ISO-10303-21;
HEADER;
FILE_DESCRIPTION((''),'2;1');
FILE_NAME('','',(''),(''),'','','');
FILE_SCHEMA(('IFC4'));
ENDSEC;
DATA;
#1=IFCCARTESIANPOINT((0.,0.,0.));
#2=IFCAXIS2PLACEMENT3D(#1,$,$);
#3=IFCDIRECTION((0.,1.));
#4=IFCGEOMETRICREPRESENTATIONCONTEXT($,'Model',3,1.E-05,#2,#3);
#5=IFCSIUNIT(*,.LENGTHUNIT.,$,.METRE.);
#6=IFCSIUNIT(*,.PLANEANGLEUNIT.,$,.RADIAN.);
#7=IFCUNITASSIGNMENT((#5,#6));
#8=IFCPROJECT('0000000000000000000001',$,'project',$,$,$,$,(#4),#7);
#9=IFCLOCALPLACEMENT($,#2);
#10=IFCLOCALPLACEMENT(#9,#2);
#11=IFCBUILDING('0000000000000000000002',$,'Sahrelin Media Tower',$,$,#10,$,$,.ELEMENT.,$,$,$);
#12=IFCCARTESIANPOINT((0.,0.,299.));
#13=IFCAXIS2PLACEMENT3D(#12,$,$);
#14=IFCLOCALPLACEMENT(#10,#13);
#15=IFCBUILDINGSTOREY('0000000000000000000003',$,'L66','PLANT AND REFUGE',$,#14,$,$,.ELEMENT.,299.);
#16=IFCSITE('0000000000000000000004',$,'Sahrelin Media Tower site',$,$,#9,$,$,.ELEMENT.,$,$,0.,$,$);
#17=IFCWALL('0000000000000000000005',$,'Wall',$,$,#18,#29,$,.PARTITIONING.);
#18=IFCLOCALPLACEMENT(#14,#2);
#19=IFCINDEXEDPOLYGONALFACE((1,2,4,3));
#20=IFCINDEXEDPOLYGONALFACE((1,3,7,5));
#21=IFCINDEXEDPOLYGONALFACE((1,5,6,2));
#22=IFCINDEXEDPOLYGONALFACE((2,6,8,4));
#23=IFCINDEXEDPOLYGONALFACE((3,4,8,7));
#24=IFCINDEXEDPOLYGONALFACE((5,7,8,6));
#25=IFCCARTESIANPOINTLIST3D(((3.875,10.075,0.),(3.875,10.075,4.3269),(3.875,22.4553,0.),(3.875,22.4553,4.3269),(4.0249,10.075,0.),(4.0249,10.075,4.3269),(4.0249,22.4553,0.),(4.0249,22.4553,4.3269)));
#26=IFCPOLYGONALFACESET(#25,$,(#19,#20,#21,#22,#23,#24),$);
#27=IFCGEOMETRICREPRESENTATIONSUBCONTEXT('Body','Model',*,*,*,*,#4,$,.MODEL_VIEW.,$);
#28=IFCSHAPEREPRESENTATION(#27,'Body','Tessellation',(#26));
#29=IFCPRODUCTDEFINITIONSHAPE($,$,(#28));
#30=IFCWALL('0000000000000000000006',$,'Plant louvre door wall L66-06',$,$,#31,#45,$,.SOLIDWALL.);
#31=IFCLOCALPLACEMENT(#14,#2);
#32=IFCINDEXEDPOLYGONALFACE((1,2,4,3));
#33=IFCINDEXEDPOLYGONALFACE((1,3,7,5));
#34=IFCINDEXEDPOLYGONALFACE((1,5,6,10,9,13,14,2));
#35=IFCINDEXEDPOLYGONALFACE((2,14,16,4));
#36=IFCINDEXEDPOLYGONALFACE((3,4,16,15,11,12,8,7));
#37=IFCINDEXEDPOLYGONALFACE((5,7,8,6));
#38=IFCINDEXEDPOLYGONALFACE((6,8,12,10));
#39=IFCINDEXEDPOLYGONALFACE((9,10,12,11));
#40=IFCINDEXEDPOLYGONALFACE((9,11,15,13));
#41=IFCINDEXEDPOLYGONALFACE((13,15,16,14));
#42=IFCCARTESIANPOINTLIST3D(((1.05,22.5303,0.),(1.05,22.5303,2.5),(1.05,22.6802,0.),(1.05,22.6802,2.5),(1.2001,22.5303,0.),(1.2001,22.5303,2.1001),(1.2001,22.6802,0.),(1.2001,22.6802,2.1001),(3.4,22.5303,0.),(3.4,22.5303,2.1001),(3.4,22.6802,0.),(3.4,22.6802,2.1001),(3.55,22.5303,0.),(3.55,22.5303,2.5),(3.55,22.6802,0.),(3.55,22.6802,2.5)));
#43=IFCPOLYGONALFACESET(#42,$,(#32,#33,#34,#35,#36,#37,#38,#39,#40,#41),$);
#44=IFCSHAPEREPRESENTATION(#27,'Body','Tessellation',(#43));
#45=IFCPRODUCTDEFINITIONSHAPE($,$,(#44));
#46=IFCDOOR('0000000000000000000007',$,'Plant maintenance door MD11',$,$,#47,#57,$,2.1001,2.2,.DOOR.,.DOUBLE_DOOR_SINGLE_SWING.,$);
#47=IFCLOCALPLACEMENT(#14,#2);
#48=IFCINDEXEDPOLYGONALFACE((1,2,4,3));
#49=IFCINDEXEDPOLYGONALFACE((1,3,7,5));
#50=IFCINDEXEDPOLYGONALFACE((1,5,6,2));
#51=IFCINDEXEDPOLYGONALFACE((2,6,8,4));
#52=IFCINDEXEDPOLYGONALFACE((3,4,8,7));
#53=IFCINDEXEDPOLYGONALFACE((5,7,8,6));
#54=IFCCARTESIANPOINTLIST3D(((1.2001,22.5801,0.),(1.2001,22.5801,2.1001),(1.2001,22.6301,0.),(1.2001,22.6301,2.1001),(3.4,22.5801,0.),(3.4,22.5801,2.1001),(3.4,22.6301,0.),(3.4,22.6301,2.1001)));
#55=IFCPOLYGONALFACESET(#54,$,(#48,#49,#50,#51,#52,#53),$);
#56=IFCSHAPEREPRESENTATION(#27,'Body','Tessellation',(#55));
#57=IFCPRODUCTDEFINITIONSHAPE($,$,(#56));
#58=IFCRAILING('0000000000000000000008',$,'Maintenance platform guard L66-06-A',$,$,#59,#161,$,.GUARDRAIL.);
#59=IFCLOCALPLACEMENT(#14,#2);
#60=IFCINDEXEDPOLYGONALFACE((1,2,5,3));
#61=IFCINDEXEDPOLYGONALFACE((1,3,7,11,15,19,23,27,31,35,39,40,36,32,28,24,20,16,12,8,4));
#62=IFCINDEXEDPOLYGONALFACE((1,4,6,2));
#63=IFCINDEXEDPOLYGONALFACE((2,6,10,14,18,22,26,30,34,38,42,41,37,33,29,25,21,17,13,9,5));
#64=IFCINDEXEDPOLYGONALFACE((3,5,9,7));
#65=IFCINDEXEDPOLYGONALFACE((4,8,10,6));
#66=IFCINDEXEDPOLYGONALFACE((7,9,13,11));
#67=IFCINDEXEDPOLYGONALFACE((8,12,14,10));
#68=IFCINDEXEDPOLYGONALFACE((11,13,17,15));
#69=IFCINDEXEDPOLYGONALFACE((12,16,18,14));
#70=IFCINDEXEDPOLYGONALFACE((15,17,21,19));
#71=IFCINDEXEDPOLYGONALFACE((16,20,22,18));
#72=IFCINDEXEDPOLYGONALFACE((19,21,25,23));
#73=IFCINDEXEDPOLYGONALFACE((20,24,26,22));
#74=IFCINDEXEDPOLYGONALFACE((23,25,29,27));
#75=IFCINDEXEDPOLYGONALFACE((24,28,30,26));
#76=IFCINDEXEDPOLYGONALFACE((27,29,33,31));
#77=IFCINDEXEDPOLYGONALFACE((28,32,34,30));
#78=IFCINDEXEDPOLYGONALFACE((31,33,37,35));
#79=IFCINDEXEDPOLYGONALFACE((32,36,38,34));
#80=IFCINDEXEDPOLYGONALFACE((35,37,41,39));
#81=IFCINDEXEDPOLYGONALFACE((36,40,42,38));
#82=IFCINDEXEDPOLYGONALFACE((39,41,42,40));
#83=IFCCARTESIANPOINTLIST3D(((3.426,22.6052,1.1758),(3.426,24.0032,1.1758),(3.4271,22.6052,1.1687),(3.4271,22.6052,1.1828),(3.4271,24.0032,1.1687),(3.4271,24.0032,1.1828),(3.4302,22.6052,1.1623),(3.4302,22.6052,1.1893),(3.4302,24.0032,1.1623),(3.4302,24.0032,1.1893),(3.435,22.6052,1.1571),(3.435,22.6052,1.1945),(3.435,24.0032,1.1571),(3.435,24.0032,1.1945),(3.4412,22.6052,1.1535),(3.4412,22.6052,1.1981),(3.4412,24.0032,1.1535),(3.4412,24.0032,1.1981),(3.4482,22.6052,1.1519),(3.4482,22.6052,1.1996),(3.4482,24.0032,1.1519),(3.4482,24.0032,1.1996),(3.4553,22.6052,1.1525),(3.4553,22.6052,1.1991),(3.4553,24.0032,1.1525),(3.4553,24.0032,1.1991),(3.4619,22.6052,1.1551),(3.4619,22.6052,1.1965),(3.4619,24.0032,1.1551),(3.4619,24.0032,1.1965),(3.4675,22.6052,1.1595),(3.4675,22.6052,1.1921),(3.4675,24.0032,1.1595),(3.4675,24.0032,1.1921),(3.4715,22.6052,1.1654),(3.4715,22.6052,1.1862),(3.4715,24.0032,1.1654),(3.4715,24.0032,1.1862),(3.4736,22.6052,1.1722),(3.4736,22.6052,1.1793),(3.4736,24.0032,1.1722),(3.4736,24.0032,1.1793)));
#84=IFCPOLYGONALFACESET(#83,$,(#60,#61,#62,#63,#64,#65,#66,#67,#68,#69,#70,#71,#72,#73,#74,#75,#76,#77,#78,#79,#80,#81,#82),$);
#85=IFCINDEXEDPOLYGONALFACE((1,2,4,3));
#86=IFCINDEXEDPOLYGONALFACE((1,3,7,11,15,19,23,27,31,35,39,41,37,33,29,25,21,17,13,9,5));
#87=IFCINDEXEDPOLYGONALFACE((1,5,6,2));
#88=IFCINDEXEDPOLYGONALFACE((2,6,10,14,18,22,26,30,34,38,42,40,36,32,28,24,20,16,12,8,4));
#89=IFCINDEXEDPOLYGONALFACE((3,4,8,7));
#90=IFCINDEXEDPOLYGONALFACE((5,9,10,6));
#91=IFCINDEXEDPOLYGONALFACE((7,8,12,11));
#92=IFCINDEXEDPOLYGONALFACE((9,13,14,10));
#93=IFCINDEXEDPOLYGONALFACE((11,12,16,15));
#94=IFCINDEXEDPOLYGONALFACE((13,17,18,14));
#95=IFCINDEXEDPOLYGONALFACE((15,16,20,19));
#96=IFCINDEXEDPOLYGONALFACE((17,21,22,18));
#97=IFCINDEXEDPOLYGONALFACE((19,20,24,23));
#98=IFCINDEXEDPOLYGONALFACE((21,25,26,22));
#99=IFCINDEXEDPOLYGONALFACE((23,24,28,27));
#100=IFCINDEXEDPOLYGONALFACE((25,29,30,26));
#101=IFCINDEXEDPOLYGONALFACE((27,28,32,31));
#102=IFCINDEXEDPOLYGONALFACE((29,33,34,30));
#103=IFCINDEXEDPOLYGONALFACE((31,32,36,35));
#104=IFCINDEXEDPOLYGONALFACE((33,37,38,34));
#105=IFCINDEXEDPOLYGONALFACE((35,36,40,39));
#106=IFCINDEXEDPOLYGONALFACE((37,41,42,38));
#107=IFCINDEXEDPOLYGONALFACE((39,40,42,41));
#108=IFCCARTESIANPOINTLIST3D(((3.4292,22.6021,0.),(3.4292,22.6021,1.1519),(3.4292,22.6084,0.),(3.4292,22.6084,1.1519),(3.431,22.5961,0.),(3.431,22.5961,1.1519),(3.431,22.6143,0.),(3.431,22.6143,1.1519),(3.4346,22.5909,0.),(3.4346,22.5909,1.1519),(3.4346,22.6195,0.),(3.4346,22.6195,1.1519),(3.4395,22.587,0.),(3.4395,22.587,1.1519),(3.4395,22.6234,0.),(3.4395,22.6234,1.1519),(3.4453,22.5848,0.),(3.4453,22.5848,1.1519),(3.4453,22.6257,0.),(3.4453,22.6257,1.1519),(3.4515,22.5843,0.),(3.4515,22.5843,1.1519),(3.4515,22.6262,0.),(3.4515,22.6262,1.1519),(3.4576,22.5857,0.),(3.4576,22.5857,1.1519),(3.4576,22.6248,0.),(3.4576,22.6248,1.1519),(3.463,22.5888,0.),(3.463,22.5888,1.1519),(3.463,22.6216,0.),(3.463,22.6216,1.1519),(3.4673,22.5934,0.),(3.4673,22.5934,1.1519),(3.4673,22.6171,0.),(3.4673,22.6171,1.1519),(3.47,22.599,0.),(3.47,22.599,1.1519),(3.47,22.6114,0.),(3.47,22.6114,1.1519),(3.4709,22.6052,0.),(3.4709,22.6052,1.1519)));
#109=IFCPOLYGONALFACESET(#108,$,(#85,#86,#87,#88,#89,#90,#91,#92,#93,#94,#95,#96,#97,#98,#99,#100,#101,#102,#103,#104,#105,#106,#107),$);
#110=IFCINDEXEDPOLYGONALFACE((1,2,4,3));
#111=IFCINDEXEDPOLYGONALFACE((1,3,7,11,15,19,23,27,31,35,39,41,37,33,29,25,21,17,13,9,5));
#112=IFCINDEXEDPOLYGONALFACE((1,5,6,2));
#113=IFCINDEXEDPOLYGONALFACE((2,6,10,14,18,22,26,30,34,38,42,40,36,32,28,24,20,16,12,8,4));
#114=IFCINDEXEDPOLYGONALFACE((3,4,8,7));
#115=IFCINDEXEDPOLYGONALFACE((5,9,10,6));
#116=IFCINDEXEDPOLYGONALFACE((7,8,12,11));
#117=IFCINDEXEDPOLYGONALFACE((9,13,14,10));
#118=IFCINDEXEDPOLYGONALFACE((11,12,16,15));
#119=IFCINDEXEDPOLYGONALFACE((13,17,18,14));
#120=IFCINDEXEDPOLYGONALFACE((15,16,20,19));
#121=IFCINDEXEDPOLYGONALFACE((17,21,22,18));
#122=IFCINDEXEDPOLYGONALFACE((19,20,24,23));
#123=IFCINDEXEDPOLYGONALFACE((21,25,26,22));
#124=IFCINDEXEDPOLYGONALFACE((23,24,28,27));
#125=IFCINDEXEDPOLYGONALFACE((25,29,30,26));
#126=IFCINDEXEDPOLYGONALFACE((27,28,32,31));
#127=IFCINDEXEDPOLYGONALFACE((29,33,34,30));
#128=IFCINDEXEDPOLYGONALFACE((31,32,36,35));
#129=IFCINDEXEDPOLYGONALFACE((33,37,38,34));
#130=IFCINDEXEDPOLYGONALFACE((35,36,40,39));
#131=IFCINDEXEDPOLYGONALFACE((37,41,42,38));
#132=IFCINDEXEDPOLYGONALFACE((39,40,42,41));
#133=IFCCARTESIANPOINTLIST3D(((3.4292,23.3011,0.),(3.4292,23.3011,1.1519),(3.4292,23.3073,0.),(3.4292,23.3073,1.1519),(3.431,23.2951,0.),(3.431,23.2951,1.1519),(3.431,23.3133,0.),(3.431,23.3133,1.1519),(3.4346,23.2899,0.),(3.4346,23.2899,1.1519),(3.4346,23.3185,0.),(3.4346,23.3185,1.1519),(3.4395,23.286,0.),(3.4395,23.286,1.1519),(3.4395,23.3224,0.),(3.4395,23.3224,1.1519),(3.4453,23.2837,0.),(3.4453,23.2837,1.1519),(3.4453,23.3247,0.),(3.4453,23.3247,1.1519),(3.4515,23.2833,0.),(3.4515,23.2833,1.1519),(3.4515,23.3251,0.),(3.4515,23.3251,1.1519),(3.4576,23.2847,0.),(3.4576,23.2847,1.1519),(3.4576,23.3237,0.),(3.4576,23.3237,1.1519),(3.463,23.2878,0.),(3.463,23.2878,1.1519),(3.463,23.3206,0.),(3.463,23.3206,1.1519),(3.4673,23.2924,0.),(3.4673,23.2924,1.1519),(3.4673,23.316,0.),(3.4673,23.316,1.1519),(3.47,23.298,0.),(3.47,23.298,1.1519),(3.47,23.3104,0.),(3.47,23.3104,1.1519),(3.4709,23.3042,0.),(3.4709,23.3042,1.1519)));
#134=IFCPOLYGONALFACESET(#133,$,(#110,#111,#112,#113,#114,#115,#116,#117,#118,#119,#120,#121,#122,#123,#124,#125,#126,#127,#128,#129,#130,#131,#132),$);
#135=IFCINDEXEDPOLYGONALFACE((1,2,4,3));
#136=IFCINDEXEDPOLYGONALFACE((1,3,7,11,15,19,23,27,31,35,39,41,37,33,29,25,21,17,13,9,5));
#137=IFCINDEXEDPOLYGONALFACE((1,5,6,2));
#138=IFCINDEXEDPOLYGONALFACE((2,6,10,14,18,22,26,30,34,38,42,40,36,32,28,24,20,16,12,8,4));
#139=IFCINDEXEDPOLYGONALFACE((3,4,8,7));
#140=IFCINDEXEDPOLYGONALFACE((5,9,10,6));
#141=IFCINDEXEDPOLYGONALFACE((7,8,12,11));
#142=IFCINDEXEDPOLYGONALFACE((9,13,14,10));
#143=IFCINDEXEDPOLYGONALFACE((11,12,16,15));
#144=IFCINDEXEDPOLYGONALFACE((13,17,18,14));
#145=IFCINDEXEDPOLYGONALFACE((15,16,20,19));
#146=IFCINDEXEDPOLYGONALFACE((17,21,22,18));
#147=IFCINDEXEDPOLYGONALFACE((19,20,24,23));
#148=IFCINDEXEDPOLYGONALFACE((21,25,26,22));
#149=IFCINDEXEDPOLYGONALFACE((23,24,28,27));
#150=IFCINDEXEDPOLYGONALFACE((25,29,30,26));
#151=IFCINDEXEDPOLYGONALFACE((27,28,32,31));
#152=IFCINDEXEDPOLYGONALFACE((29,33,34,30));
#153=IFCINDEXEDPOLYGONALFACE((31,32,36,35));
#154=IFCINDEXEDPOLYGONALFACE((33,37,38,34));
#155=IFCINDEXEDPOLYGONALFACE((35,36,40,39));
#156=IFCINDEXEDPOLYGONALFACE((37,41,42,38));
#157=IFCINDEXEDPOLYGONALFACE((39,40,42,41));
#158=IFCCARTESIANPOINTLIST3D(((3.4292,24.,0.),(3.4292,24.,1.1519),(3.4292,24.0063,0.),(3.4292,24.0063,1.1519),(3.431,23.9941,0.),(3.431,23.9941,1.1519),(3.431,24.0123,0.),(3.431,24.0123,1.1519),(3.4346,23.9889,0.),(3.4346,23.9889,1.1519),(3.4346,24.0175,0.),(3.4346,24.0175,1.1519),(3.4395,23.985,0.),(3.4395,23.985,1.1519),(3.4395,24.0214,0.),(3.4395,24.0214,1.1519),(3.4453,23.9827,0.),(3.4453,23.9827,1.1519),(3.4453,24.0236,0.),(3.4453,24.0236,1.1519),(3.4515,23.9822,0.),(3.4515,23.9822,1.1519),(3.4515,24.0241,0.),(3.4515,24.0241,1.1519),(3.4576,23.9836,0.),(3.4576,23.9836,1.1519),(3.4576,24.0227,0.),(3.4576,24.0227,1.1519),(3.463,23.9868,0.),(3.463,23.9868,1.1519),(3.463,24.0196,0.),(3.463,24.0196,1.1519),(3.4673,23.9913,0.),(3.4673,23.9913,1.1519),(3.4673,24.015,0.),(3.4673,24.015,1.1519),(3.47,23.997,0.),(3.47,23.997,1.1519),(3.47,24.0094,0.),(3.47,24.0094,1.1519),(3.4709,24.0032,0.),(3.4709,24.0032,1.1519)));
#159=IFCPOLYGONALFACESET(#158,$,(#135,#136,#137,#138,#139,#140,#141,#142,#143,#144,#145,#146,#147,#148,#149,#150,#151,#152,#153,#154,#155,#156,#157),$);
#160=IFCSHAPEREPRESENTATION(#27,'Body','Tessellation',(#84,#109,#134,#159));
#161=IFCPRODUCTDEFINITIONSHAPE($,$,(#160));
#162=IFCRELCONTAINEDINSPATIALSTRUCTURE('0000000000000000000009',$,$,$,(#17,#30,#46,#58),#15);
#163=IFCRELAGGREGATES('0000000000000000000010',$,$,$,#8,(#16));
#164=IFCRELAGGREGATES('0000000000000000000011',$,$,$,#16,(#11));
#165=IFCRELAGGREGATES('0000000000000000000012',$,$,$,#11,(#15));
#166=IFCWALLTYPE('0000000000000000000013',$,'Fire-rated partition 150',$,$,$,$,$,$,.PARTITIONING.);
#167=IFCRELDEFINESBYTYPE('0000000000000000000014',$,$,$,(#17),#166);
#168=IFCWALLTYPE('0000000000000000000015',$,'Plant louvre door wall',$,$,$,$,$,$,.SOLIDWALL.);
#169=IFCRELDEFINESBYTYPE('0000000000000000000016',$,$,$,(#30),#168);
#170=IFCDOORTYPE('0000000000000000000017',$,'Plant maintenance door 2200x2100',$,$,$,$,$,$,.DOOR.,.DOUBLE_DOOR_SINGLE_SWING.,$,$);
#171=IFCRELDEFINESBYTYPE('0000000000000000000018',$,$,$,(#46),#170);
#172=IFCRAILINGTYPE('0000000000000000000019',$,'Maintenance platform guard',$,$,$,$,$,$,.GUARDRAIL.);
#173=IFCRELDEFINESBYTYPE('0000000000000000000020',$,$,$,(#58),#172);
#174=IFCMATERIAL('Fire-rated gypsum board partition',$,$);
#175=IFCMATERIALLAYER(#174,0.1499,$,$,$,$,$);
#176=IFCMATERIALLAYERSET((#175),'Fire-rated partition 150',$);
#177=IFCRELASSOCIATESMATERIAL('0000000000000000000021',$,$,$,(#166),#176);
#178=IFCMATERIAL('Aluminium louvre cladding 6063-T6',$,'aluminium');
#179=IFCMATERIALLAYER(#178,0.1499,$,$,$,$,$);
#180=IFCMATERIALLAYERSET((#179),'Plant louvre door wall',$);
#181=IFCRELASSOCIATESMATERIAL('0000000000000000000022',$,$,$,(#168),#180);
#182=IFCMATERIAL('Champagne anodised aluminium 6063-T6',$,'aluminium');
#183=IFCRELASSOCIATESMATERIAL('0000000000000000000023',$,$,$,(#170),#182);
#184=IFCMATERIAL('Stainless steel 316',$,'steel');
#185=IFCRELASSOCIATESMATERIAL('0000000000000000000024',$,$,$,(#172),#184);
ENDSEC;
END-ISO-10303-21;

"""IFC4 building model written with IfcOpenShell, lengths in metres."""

from ifc_helpers import new_model, si_unit, direction, frame, frame_2d, origin, origin_2d, place, context, subcontext, project, spatial, rectangle, circle, extrude, material, layer, layer_set, type_object, element, fill, save


model = new_model("IFC4")

# Units and contexts
model_context = context("Model", 3, precision=1e-05, world=origin(), true_north=direction((0.0, 1.0)))
body_context = subcontext(model_context, "Body", "Model", "MODEL_VIEW")
ifc_project = project(units=[si_unit("LENGTHUNIT", "METRE"), si_unit("PLANEANGLEUNIT", "RADIAN")], contexts=[model_context])

# Site, building, storey
site_placement = place(None, origin())
site = spatial("IfcSite", under=ifc_project, at=site_placement, Name="Sahrelin Media Tower site", CompositionType="ELEMENT", RefElevation=0.0)
building_placement = place(site_placement, origin())
building = spatial("IfcBuilding", under=site, at=building_placement, Name="Sahrelin Media Tower", CompositionType="ELEMENT")
storey_placement = place(building_placement, frame((0.0, 0.0, 299.0)))
storey = spatial("IfcBuildingStorey", under=building, at=storey_placement, Name="L66", Description="PLANT AND REFUGE", CompositionType="ELEMENT", Elevation=299.0)

# Wall
ifc_material_1 = material(Name="Fire-rated gypsum board partition")
ifc_layer_1 = layer(ifc_material_1, 0.1499)
ifc_layer_set_1 = layer_set([ifc_layer_1], Name="Fire-rated partition 150")
wall_type_1 = type_object("IfcWallType", Name="Fire-rated partition 150", PredefinedType="PARTITIONING", material=ifc_layer_set_1)
wall_1_placement = place(storey_placement, frame((3.95, 10.075, 0.0), z_axis=(0.0, 0.0, 1.0), x_axis=(0.0, 1.0, 0.0)))
element("IfcWall", 1, at=wall_1_placement, inside=storey, type_object=wall_type_1, Name="Wall", PredefinedType="PARTITIONING", context=body_context, shape_type="SweptSolid", body=[
    extrude(rectangle(XDim=12.3804, YDim=0.1499, at=frame_2d((6.1902, 0.0))), origin(), (0.0, 0.0, 1.0), 4.3269),
])

# Wall, opening, door
ifc_material_2 = material(Name="Aluminium louvre cladding 6063-T6", Category="aluminium")
ifc_layer_2 = layer(ifc_material_2, 0.1499)
ifc_layer_set_2 = layer_set([ifc_layer_2], Name="Plant louvre door wall")
wall_type_2 = type_object("IfcWallType", Name="Plant louvre door wall", PredefinedType="SOLIDWALL", material=ifc_layer_set_2)
wall_2_placement = place(storey_placement, frame((1.05, 22.6052, 0.0), z_axis=(0.0, 0.0, 1.0), x_axis=(1.0, 0.0, 0.0)))
wall_2 = element("IfcWall", 2, at=wall_2_placement, inside=storey, type_object=wall_type_2, Name="Plant louvre door wall L66-06", PredefinedType="SOLIDWALL", context=body_context, shape_type="SweptSolid", body=[
    extrude(rectangle(XDim=2.5, YDim=0.1499, at=frame_2d((1.25, 0.0))), origin(), (0.0, 0.0, 1.0), 2.5),
])
opening_placement = place(wall_2_placement, frame((0.1499, 0.0, 0.0)))
opening = element("IfcOpeningElement", 3, at=opening_placement, cuts=wall_2, PredefinedType="OPENING", context=body_context, shape_type="SweptSolid", body=[
    extrude(rectangle(XDim=2.2, YDim=2.1001, at=frame_2d((1.1001, 1.05))), frame((0.0, 0.075, 0.0), z_axis=(0.0, -1.0, 0.0), x_axis=(1.0, 0.0, 0.0)), (0.0, 0.0, 1.0), 0.1499),
])
ifc_material_3 = material(Name="Champagne anodised aluminium 6063-T6", Category="aluminium")
door_type = type_object("IfcDoorType", Name="Plant maintenance door 2200x2100", OperationType="DOUBLE_DOOR_SINGLE_SWING", PredefinedType="DOOR", material=ifc_material_3)
door_placement = place(opening_placement, origin())
door = element("IfcDoor", 4, at=door_placement, inside=storey, type_object=door_type, Name="Plant maintenance door MD11", OperationType="DOUBLE_DOOR_SINGLE_SWING", OverallHeight=2.1001, OverallWidth=2.2, PredefinedType="DOOR", context=body_context, shape_type="SweptSolid", body=[
    extrude(rectangle(XDim=2.2, YDim=2.1001, at=frame_2d((1.1001, 1.05))), frame((0.0, 0.0249, 0.0), z_axis=(0.0, -1.0, 0.0), x_axis=(1.0, 0.0, 0.0)), (0.0, 0.0, 1.0), 0.05),
])
fill(opening, door)

# Railing
ifc_material_4 = material(Name="Stainless steel 316", Category="steel")
railing_type_1 = type_object("IfcRailingType", Name="Maintenance platform guard", PredefinedType="GUARDRAIL", material=ifc_material_4)
for number, where, name in (
    (5, (3.45, 22.6052, 0.0), "Maintenance platform guard L66-06-A"),
):
    element("IfcRailing", number, at=place(storey_placement, frame(where)), inside=storey, type_object=railing_type_1, Name=name, PredefinedType="GUARDRAIL", context=body_context, shape_type="SweptSolid", body=[
        extrude(circle(Radius=0.0239, at=origin_2d()), frame((0.0, 0.0, 1.1758), z_axis=(0.0, 1.0, 0.0), x_axis=(-1.0, 0.0, 0.0)), (0.0, 0.0, 1.0), 1.3979),
        extrude(circle(Radius=0.021, at=origin_2d()), origin(), (0.0, 0.0, 1.0), 1.1519),
        extrude(circle(Radius=0.021, at=origin_2d()), frame((0.0, 0.699, 0.0)), (0.0, 0.0, 1.0), 1.1519),
        extrude(circle(Radius=0.021, at=origin_2d()), frame((0.0, 1.3979, 0.0)), (0.0, 0.0, 1.0), 1.1519),
    ])

save(model, "model.ifc")
